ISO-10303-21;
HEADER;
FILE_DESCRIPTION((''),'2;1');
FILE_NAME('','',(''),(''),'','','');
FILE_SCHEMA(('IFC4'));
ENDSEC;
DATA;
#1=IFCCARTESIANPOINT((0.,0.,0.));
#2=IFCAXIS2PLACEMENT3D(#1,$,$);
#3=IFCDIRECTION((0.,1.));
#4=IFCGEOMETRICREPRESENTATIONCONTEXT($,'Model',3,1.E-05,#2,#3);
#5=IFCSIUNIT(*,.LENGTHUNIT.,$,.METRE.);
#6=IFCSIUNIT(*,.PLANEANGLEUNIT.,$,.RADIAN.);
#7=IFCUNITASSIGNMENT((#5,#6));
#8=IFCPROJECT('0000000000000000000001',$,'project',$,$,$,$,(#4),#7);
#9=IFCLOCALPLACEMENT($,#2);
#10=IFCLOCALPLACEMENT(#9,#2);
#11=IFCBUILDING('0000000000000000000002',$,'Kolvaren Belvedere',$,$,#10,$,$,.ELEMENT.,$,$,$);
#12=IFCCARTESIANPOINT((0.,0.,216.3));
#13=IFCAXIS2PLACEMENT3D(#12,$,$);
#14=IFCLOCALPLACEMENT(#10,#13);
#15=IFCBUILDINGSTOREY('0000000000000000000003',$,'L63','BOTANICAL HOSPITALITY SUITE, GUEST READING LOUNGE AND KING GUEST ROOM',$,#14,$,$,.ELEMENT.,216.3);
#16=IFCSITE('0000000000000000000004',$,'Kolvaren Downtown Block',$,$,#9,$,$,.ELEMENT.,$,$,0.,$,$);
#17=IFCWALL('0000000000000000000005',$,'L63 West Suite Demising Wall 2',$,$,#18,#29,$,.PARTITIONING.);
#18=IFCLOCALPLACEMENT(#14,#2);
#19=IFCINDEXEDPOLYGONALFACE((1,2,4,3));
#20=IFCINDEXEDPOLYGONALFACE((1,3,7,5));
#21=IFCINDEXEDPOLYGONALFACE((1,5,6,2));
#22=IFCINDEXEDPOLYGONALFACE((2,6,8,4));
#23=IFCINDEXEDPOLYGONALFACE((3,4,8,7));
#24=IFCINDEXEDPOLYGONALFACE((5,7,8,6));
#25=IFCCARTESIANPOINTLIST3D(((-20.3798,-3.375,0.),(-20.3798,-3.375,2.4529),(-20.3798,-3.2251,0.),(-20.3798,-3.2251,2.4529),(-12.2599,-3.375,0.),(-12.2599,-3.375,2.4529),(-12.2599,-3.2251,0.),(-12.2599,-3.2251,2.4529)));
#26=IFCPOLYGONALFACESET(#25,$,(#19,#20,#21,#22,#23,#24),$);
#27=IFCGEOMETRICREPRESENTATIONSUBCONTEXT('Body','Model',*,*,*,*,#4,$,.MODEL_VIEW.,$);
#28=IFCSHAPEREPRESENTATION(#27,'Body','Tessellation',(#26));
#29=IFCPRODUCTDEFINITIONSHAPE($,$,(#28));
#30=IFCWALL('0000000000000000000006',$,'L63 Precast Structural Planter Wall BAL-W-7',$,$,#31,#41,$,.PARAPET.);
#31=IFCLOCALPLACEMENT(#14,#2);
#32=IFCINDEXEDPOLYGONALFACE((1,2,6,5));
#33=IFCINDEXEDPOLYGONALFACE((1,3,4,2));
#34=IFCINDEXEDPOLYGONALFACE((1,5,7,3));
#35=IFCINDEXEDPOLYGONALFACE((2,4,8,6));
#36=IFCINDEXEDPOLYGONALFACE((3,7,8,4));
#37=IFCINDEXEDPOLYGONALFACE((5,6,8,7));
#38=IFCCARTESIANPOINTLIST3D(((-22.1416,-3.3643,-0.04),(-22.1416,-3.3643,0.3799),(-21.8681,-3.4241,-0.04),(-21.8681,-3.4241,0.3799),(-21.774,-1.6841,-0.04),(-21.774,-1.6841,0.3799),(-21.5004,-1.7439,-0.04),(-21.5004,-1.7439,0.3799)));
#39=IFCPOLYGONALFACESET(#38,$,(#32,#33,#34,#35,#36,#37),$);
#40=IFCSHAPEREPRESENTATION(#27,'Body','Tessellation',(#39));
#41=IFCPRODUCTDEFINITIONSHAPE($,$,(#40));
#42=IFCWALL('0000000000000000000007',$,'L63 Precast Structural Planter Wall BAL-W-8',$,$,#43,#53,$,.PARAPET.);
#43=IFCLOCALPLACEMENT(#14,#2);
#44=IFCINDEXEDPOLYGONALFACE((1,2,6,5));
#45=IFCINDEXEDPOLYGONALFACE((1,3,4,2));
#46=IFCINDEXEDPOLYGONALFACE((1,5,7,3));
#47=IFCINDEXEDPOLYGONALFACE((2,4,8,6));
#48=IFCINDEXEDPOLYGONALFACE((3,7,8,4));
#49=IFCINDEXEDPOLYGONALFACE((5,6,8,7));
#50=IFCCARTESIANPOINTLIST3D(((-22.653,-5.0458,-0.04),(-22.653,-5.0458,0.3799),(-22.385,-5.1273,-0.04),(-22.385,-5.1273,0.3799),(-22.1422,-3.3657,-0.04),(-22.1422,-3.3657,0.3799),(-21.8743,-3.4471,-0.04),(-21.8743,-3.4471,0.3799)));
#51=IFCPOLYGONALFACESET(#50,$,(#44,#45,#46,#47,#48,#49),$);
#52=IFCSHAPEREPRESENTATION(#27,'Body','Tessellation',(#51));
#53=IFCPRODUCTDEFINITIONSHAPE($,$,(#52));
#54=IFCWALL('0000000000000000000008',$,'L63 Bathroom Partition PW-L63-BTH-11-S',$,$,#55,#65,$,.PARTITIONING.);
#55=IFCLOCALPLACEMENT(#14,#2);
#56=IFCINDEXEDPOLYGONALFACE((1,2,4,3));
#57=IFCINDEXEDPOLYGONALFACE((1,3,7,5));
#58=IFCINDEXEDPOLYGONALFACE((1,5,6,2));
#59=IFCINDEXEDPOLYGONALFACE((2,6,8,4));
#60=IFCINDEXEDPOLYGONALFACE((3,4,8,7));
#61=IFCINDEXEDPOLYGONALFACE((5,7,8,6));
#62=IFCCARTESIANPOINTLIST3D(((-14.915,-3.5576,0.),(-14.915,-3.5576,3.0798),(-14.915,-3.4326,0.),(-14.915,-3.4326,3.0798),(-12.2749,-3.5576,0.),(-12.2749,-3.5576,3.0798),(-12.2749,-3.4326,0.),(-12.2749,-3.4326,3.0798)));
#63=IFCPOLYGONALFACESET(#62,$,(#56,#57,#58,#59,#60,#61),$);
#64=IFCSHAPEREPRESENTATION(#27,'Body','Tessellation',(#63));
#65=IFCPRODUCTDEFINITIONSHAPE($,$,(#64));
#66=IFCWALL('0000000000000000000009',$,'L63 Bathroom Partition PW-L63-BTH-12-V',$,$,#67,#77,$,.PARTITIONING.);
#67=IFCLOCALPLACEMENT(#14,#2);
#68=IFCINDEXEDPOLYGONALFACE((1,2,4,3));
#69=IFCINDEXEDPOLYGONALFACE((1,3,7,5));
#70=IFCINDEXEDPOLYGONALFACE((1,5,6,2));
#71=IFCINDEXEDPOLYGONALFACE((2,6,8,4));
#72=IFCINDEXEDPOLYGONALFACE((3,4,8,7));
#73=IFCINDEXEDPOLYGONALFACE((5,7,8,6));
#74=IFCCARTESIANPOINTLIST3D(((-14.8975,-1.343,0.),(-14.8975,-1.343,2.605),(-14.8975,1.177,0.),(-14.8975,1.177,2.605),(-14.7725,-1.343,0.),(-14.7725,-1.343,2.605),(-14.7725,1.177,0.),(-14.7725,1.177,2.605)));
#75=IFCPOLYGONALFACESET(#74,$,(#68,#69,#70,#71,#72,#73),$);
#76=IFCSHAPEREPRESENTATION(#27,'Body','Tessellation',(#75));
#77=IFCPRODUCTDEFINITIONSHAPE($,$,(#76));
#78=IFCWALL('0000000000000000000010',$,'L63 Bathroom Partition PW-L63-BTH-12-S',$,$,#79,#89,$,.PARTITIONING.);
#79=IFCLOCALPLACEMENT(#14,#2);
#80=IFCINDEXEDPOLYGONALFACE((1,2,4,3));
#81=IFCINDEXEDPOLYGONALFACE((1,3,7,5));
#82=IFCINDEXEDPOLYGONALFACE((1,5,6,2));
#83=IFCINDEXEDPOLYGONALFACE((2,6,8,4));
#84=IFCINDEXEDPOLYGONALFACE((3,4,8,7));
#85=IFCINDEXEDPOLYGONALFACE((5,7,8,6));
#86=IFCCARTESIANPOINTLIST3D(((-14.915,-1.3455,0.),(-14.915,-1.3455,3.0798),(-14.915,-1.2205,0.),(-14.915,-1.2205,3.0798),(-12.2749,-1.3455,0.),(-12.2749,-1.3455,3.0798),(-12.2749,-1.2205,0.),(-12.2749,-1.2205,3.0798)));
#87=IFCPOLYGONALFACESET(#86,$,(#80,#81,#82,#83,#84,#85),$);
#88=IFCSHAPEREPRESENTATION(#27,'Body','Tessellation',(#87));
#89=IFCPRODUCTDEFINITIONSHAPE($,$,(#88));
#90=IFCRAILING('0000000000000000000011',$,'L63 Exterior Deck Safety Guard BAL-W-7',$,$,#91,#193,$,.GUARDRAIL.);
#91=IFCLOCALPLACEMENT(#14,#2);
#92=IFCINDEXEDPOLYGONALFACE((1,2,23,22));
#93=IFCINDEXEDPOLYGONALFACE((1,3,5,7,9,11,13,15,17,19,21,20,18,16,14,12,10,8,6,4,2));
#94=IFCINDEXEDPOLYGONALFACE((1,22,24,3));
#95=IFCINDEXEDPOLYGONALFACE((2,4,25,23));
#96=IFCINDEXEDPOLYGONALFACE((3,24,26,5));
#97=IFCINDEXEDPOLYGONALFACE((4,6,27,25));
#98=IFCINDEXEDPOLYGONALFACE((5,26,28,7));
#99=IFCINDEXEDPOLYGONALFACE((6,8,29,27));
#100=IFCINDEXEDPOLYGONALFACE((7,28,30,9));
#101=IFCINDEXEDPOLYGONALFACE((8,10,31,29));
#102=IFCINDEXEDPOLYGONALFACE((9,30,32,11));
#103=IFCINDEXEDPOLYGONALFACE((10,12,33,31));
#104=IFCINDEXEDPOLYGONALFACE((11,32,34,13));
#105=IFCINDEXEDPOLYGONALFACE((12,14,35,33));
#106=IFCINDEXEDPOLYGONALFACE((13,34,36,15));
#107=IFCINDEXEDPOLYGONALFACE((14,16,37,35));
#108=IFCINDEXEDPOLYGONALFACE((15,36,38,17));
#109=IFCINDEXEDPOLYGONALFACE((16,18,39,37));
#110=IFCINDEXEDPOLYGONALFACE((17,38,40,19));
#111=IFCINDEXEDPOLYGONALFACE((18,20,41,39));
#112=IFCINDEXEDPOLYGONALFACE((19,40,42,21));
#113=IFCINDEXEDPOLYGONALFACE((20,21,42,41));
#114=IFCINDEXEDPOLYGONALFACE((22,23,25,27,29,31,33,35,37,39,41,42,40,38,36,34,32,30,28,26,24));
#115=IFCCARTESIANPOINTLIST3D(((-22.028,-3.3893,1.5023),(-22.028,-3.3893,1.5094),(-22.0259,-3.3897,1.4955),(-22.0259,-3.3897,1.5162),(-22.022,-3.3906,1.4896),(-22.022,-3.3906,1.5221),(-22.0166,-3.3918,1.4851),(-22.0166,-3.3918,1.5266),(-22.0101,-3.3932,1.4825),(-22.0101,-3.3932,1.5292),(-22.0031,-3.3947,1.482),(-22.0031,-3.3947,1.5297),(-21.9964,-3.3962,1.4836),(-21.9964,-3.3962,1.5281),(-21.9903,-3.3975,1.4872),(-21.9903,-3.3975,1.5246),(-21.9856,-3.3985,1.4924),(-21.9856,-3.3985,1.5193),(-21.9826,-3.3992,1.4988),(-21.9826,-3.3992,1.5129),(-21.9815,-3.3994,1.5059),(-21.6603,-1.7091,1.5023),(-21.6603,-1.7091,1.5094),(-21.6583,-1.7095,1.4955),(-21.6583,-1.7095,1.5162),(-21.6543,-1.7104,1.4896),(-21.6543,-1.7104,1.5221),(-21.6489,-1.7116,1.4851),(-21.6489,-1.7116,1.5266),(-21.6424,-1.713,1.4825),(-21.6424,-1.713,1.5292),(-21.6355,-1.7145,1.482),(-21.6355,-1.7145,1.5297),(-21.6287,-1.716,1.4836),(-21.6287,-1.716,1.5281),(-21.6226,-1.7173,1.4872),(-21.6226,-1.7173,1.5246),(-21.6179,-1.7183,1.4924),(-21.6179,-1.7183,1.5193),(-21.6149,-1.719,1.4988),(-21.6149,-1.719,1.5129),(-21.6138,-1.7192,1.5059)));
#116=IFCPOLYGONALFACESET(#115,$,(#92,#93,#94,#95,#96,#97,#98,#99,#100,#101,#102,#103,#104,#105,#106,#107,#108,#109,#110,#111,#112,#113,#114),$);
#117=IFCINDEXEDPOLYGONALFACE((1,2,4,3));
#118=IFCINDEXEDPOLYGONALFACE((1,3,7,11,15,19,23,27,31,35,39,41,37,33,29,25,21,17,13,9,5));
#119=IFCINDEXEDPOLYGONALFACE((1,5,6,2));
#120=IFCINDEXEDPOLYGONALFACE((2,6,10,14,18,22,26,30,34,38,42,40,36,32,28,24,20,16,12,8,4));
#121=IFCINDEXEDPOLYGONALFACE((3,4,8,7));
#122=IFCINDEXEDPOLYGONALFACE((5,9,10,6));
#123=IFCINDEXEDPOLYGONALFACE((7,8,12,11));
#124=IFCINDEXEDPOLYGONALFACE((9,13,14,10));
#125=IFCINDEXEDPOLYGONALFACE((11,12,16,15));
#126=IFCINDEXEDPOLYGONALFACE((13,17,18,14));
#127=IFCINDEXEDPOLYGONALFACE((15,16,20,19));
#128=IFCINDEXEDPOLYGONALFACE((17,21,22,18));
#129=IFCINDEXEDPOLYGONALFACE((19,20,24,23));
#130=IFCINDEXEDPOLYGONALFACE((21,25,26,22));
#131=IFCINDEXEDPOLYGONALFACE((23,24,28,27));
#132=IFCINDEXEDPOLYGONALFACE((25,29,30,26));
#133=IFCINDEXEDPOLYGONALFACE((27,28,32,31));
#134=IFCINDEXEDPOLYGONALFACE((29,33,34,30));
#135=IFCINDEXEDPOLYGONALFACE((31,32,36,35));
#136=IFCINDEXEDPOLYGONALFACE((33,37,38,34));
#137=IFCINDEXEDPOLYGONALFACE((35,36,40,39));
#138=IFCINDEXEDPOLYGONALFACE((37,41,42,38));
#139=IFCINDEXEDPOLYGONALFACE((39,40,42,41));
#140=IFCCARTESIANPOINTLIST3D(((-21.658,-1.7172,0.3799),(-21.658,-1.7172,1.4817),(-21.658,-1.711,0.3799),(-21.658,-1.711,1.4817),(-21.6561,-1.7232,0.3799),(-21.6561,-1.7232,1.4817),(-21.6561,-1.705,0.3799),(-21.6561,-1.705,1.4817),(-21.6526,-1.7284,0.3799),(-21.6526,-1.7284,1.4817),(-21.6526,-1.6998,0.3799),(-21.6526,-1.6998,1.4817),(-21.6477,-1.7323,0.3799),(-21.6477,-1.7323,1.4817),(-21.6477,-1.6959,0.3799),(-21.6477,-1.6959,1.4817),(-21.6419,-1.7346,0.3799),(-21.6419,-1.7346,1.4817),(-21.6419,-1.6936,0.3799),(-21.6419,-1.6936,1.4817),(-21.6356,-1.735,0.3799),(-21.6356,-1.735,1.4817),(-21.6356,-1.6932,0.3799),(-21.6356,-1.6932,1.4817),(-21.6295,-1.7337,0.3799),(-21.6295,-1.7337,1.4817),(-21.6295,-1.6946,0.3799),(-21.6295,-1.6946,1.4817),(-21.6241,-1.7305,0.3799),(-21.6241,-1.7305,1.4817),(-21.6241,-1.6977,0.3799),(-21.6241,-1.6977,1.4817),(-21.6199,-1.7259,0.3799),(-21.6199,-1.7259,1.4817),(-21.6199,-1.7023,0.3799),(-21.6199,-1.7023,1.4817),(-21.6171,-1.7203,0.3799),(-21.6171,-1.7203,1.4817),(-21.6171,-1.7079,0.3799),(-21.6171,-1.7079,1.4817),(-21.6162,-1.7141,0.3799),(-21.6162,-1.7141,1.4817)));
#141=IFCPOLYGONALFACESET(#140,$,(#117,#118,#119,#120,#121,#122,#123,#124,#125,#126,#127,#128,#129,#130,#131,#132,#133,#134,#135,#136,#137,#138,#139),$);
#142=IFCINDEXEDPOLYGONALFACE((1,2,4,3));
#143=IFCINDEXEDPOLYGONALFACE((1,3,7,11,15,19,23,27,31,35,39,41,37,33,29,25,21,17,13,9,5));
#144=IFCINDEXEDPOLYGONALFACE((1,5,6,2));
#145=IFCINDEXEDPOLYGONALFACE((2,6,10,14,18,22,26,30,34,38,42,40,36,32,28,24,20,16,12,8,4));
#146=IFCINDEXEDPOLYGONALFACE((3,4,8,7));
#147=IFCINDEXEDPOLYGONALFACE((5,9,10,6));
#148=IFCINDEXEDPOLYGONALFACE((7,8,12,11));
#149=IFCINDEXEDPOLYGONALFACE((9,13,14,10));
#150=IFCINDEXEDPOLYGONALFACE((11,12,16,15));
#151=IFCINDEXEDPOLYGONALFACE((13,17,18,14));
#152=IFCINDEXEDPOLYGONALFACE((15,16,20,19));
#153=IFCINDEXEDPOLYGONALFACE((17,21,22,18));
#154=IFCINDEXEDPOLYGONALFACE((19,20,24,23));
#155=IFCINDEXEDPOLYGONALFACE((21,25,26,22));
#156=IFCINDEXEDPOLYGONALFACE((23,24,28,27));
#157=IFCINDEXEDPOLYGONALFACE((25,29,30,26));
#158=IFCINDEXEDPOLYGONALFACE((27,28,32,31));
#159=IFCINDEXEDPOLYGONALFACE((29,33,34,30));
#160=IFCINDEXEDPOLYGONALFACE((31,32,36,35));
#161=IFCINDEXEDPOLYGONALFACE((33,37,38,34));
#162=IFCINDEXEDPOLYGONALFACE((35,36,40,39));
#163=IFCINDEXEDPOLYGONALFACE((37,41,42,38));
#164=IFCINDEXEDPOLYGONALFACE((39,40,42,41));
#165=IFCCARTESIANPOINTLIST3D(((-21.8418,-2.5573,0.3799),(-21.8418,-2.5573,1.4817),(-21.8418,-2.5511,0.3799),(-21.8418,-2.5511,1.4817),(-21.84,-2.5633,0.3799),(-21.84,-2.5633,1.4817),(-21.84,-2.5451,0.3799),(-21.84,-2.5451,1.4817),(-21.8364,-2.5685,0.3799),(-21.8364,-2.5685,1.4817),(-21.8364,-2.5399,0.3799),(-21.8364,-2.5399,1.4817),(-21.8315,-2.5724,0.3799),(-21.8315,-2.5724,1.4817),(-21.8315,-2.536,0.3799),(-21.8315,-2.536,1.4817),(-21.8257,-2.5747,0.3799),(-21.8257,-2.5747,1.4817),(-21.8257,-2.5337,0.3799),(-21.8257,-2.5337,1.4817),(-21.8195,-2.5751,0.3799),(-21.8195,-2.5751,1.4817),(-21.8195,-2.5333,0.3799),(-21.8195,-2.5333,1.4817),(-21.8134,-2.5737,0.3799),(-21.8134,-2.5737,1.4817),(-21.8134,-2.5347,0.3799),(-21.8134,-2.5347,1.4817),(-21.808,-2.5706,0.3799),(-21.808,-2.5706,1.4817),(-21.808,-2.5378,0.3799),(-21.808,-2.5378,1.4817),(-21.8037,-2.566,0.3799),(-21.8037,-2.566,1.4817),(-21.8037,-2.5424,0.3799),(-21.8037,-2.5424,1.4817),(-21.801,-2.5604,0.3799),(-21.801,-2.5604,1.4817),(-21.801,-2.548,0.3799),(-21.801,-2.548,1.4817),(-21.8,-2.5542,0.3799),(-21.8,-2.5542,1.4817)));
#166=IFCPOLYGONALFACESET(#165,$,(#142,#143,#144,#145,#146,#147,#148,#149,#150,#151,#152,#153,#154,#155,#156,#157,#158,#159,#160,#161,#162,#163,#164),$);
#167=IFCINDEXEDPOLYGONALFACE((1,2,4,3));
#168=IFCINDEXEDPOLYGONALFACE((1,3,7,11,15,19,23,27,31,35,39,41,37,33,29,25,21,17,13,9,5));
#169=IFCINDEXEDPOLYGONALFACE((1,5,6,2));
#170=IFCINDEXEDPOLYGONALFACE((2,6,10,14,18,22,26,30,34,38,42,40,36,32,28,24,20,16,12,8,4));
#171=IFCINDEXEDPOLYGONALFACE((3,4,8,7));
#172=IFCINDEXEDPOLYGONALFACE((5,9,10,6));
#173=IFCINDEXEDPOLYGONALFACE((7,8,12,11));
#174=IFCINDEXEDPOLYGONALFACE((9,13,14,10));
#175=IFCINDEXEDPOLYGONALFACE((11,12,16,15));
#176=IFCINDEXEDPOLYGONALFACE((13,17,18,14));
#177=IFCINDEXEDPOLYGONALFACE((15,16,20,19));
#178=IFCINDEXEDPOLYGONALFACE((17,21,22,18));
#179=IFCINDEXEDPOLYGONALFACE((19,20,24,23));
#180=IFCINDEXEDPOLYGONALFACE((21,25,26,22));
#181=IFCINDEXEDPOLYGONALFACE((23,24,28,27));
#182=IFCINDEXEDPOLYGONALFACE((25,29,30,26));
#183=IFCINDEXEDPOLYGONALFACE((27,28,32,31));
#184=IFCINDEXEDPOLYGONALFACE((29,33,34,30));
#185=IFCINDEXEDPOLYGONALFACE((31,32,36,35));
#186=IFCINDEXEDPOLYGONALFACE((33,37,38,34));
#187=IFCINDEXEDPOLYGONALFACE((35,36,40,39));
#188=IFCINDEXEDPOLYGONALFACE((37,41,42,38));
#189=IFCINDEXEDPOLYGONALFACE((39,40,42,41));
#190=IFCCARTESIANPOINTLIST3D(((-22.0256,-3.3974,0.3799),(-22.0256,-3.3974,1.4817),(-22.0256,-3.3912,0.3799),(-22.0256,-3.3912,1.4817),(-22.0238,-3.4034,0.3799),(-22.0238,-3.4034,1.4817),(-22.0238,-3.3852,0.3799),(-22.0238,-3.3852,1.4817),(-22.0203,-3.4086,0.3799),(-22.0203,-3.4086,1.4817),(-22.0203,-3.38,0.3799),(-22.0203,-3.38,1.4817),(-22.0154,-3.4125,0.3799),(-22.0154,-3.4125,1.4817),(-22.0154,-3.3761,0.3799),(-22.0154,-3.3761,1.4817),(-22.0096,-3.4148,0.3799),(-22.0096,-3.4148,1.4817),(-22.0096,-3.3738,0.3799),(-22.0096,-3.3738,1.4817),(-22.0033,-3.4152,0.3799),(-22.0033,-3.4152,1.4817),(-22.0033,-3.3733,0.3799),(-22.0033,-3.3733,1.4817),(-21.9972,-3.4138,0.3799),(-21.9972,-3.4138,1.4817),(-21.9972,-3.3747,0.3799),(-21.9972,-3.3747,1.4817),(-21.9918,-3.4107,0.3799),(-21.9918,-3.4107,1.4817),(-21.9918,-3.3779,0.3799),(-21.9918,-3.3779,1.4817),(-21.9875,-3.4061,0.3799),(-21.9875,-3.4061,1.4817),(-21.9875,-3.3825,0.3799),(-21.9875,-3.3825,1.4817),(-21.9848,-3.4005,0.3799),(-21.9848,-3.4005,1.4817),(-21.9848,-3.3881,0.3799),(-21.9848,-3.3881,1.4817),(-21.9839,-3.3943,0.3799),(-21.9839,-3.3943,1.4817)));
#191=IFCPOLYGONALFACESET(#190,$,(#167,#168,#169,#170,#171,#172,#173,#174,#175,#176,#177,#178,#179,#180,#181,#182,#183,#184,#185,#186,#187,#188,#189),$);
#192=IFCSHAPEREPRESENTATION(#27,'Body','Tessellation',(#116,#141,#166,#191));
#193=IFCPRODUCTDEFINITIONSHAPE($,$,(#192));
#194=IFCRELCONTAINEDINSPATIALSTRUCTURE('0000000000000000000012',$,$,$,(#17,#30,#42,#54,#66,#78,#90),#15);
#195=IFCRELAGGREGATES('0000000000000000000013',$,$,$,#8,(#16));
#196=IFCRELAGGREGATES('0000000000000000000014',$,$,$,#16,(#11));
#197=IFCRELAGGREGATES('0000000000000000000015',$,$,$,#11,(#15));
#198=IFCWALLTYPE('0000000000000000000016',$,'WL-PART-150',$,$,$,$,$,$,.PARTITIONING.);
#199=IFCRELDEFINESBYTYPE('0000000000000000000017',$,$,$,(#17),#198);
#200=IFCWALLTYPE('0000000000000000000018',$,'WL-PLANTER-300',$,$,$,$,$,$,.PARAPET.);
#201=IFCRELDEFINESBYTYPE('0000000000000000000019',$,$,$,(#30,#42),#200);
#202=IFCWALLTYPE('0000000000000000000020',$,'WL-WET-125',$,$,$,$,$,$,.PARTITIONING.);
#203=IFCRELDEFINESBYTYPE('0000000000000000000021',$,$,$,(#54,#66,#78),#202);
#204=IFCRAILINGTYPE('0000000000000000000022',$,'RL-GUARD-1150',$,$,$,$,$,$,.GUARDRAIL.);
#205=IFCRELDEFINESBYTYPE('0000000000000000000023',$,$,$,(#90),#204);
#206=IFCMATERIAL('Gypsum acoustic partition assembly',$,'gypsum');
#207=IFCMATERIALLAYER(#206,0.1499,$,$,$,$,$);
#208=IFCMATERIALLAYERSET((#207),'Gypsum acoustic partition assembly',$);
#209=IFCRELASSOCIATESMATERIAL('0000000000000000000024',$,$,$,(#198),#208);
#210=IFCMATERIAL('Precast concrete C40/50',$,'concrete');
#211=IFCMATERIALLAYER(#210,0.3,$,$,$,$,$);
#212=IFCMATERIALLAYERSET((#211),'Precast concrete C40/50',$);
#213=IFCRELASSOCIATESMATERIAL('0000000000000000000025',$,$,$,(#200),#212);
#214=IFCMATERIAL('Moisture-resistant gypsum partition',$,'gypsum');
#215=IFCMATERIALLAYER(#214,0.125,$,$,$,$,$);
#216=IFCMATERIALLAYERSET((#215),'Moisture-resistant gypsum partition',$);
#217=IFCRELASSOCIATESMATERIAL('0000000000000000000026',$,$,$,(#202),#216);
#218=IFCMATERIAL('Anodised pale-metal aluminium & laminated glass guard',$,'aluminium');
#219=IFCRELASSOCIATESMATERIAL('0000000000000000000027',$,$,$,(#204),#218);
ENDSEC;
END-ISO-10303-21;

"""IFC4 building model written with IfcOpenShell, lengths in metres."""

from ifc_helpers import new_model, si_unit, direction, frame, frame_2d, origin, origin_2d, place, context, subcontext, project, spatial, rectangle, circle, extrude, material, layer, layer_set, type_object, element, save


model = new_model("IFC4")

# Units and contexts
model_context = context("Model", 3, precision=1e-05, world=origin(), true_north=direction((0.0, 1.0)))
body_context = subcontext(model_context, "Body", "Model", "MODEL_VIEW")
ifc_project = project(units=[si_unit("LENGTHUNIT", "METRE"), si_unit("PLANEANGLEUNIT", "RADIAN")], contexts=[model_context])

# Site, building, storey
site_placement = place(None, origin())
site = spatial("IfcSite", under=ifc_project, at=site_placement, Name="Kolvaren Downtown Block", CompositionType="ELEMENT", RefElevation=0.0)
building_placement = place(site_placement, origin())
building = spatial("IfcBuilding", under=site, at=building_placement, Name="Kolvaren Belvedere", CompositionType="ELEMENT")
storey_placement = place(building_placement, frame((0.0, 0.0, 216.3)))
storey = spatial("IfcBuildingStorey", under=building, at=storey_placement, Name="L63", Description="BOTANICAL HOSPITALITY SUITE, GUEST READING LOUNGE AND KING GUEST ROOM", CompositionType="ELEMENT", Elevation=216.3)

# Walls
ifc_material_1 = material(Name="Gypsum acoustic partition assembly", Category="gypsum")
ifc_layer_1 = layer(ifc_material_1, 0.1499)
ifc_layer_set_1 = layer_set([ifc_layer_1], Name="Gypsum acoustic partition assembly")
wall_type_1 = type_object("IfcWallType", Name="WL-PART-150", PredefinedType="PARTITIONING", material=ifc_layer_set_1)
wall_1_placement = place(storey_placement, frame((-20.3799, -3.3, 0.0), z_axis=(0.0, 0.0, 1.0), x_axis=(1.0, 0.0, 0.0)))
element("IfcWall", 1, at=wall_1_placement, inside=storey, type_object=wall_type_1, Name="L63 West Suite Demising Wall 2", PredefinedType="PARTITIONING", context=body_context, shape_type="SweptSolid", body=[
    extrude(rectangle(XDim=8.1199, YDim=0.1499, at=frame_2d((4.0601, 0.0))), origin(), (0.0, 0.0, 1.0), 2.4529),
])
ifc_material_2 = material(Name="Precast concrete C40/50", Category="concrete")
ifc_layer_2 = layer(ifc_material_2, 0.3)
ifc_layer_set_2 = layer_set([ifc_layer_2], Name="Precast concrete C40/50")
wall_type_2 = type_object("IfcWallType", Name="WL-PLANTER-300", PredefinedType="PARAPET", material=ifc_layer_set_2)
wall_2_placement = place(storey_placement, frame((-21.6372, -1.7141, -0.04), z_axis=(0.0, 0.0, 1.0), x_axis=(-0.213773, -0.976883, 0.0)))
element("IfcWall", 2, at=wall_2_placement, inside=storey, type_object=wall_type_2, Name="L63 Precast Structural Planter Wall BAL-W-7", PredefinedType="PARAPET", context=body_context, shape_type="SweptSolid", body=[
    extrude(rectangle(XDim=1.72, YDim=0.28, at=frame_2d((0.8599, 0.0))), origin(), (0.0, 0.0, 1.0), 0.4199),
])
wall_3_placement = place(storey_placement, frame((-22.0083, -3.4065, -0.04), z_axis=(0.0, 0.0, 1.0), x_axis=(-0.290841, -0.956771, 0.0)))
element("IfcWall", 3, at=wall_3_placement, inside=storey, type_object=wall_type_2, Name="L63 Precast Structural Planter Wall BAL-W-8", PredefinedType="PARAPET", context=body_context, shape_type="SweptSolid", body=[
    extrude(rectangle(XDim=1.7561, YDim=0.28, at=frame_2d((0.8779, 0.0))), origin(), (0.0, 0.0, 1.0), 0.4199),
])
ifc_material_3 = material(Name="Moisture-resistant gypsum partition", Category="gypsum")
ifc_layer_3 = layer(ifc_material_3, 0.125)
ifc_layer_set_3 = layer_set([ifc_layer_3], Name="Moisture-resistant gypsum partition")
wall_type_3 = type_object("IfcWallType", Name="WL-WET-125", PredefinedType="PARTITIONING", material=ifc_layer_set_3)
wall_4_placement = place(storey_placement, frame((-14.915, -3.4951, 0.0), z_axis=(0.0, 0.0, 1.0), x_axis=(1.0, 0.0, 0.0)))
element("IfcWall", 4, at=wall_4_placement, inside=storey, type_object=wall_type_3, Name="L63 Bathroom Partition PW-L63-BTH-11-S", PredefinedType="PARTITIONING", context=body_context, shape_type="SweptSolid", body=[
    extrude(rectangle(XDim=2.6401, YDim=0.125, at=frame_2d((1.3201, 0.0))), origin(), (0.0, 0.0, 1.0), 3.0798),
])
wall_5_placement = place(storey_placement, frame((-14.835, -1.343, 0.0), z_axis=(0.0, 0.0, 1.0), x_axis=(0.0, 1.0, 0.0)))
element("IfcWall", 5, at=wall_5_placement, inside=storey, type_object=wall_type_3, Name="L63 Bathroom Partition PW-L63-BTH-12-V", PredefinedType="PARTITIONING", context=body_context, shape_type="SweptSolid", body=[
    extrude(rectangle(XDim=2.52, YDim=0.125, at=frame_2d((1.26, 0.0))), origin(), (0.0, 0.0, 1.0), 2.605),
])
wall_6_placement = place(storey_placement, frame((-14.915, -1.283, 0.0), z_axis=(0.0, 0.0, 1.0), x_axis=(1.0, 0.0, 0.0)))
element("IfcWall", 6, at=wall_6_placement, inside=storey, type_object=wall_type_3, Name="L63 Bathroom Partition PW-L63-BTH-12-S", PredefinedType="PARTITIONING", context=body_context, shape_type="SweptSolid", body=[
    extrude(rectangle(XDim=2.6401, YDim=0.125, at=frame_2d((1.3201, 0.0))), origin(), (0.0, 0.0, 1.0), 3.0798),
])

# Railing
ifc_material_4 = material(Name="Anodised pale-metal aluminium & laminated glass guard", Category="aluminium")
railing_type = type_object("IfcRailingType", Name="RL-GUARD-1150", PredefinedType="GUARDRAIL", material=ifc_material_4)
railing_1_placement = place(storey_placement, frame((-21.6372, -1.7141, 0.3799)))
element("IfcRailing", 7, at=railing_1_placement, inside=storey, type_object=railing_type, Name="L63 Exterior Deck Safety Guard BAL-W-7", PredefinedType="GUARDRAIL", context=body_context, shape_type="SweptSolid", body=[
    extrude(circle(Radius=0.0239, at=origin_2d()), frame((0.0, 0.0, 1.126), z_axis=(-0.213773, -0.976883, 0.0), x_axis=(0.976883, -0.213773, 0.0)), (0.0, 0.0, 1.0), 1.72),
    extrude(circle(Radius=0.021, at=origin_2d()), origin(), (0.0, 0.0, 1.0), 1.1018),
    extrude(circle(Radius=0.021, at=origin_2d()), frame((-0.1838, -0.8401, 0.0)), (0.0, 0.0, 1.0), 1.1018),
    extrude(circle(Radius=0.021, at=origin_2d()), frame((-0.3677, -1.6802, 0.0)), (0.0, 0.0, 1.0), 1.1018),
])

save(model, "model.ifc")
